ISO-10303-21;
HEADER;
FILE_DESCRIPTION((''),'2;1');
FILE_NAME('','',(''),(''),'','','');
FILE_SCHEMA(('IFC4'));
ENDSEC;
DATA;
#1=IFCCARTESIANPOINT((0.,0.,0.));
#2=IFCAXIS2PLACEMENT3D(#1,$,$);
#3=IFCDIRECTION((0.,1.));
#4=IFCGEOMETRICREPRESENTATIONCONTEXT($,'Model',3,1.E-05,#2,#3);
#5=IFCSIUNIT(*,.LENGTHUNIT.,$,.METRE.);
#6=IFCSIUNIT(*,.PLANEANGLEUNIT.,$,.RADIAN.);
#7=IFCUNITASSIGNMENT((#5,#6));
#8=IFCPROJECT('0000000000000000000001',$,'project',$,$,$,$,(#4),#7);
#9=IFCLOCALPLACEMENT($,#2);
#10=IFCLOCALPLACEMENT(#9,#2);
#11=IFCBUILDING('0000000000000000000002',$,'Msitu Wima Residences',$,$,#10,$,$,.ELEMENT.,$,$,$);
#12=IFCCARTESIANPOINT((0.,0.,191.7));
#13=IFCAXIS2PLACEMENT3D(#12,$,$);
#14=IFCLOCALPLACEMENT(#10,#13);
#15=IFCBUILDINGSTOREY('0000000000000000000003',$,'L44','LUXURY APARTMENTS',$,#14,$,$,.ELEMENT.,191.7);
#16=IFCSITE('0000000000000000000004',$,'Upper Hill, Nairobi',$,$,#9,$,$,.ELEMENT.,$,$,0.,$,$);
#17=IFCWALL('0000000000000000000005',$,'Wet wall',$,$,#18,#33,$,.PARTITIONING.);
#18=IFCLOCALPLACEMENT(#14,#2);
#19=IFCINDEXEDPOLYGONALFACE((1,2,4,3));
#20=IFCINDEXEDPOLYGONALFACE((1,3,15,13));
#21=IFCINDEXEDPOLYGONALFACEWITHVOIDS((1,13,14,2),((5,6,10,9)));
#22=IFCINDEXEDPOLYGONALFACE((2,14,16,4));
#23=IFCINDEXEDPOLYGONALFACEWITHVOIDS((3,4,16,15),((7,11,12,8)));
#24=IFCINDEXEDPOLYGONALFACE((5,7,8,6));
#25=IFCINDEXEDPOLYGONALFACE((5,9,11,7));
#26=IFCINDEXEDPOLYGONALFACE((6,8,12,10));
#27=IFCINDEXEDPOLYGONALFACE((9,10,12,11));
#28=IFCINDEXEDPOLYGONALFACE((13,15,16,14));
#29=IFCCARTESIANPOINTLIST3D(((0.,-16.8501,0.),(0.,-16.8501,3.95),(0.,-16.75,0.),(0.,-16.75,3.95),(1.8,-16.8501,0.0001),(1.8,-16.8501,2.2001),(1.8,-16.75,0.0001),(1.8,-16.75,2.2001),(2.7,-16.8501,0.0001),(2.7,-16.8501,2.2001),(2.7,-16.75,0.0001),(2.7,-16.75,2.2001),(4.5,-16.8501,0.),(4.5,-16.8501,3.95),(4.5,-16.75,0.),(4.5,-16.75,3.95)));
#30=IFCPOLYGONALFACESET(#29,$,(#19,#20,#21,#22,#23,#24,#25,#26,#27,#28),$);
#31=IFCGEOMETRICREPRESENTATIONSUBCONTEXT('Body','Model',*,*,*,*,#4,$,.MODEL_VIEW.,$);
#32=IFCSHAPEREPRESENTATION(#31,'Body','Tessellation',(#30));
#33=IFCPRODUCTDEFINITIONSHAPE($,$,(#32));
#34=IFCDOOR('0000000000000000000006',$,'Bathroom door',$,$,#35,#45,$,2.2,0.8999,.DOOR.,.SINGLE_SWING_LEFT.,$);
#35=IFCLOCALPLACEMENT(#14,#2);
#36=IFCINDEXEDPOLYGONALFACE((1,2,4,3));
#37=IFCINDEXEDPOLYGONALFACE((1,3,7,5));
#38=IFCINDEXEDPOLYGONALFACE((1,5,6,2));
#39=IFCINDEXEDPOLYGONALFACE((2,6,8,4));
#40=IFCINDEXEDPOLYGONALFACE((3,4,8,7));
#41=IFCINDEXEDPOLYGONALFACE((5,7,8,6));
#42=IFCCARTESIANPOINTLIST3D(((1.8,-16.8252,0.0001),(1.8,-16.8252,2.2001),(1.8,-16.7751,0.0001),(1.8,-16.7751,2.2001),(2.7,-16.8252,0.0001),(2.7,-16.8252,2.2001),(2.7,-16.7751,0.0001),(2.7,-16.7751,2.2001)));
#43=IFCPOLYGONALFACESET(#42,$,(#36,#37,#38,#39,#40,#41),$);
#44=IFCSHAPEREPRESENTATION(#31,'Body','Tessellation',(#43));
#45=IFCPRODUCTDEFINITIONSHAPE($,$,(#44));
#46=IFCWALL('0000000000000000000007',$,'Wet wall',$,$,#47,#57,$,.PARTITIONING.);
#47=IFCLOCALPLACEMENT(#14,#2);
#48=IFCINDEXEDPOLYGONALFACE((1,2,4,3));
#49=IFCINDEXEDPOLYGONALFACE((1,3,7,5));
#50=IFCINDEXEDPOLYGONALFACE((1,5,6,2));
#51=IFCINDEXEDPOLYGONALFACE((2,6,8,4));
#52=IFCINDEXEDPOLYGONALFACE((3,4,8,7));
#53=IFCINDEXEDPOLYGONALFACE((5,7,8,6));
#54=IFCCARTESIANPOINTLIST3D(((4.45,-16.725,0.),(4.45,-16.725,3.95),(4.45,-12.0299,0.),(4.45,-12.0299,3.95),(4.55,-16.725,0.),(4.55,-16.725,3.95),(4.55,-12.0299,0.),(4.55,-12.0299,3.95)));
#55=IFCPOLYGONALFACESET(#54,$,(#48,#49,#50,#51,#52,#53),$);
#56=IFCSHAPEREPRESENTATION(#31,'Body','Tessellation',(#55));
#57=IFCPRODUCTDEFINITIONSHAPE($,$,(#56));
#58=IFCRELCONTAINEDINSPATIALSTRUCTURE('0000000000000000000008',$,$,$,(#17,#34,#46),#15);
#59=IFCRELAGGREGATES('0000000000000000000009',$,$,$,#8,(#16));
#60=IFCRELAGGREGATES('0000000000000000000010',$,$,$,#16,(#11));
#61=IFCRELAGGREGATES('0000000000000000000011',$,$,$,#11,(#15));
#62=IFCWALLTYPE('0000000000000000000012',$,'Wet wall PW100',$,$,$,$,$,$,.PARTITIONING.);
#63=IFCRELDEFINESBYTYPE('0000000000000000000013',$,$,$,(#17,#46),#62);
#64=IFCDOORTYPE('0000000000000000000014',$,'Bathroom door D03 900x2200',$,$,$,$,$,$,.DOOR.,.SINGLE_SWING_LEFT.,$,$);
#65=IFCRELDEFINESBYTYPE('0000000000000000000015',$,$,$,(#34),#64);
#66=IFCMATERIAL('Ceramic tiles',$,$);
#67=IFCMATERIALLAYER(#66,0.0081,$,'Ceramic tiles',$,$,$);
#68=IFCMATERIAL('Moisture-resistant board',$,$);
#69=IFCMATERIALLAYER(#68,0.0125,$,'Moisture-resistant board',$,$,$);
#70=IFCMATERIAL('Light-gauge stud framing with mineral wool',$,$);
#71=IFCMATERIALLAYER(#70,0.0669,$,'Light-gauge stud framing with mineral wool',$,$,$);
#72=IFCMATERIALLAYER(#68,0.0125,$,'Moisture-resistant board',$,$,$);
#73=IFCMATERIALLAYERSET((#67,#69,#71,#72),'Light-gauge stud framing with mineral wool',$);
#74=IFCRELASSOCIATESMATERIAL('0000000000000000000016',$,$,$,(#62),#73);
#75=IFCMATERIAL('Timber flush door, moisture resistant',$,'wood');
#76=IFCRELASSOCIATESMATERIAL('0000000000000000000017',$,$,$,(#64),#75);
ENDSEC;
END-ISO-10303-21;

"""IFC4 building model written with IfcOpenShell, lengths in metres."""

from ifc_helpers import new_model, si_unit, direction, frame, frame_2d, origin, place, context, subcontext, project, spatial, rectangle, extrude, material, layer, layer_set, type_object, element, fill, save


model = new_model("IFC4")

# Units and contexts
model_context = context("Model", 3, precision=1e-05, world=origin(), true_north=direction((0.0, 1.0)))
body_context = subcontext(model_context, "Body", "Model", "MODEL_VIEW")
ifc_project = project(units=[si_unit("LENGTHUNIT", "METRE"), si_unit("PLANEANGLEUNIT", "RADIAN")], contexts=[model_context])

# Site, building, storey
site_placement = place(None, origin())
site = spatial("IfcSite", under=ifc_project, at=site_placement, Name="Upper Hill, Nairobi", CompositionType="ELEMENT", RefElevation=0.0)
building_placement = place(site_placement, origin())
building = spatial("IfcBuilding", under=site, at=building_placement, Name="Msitu Wima Residences", CompositionType="ELEMENT")
storey_placement = place(building_placement, frame((0.0, 0.0, 191.7)))
storey = spatial("IfcBuildingStorey", under=building, at=storey_placement, Name="L44", Description="LUXURY APARTMENTS", CompositionType="ELEMENT", Elevation=191.7)

# Wall, opening, door
ifc_material_1 = material(Name="Ceramic tiles")
ifc_layer_1 = layer(ifc_material_1, 0.0081, Name="Ceramic tiles")
ifc_material_2 = material(Name="Moisture-resistant board")
ifc_layer_2 = layer(ifc_material_2, 0.0125, Name="Moisture-resistant board")
ifc_material_3 = material(Name="Light-gauge stud framing with mineral wool")
ifc_layer_3 = layer(ifc_material_3, 0.0669, Name="Light-gauge stud framing with mineral wool")
ifc_layer_4 = layer(ifc_material_2, 0.0125, Name="Moisture-resistant board")
ifc_layer_set_1 = layer_set([ifc_layer_1, ifc_layer_2, ifc_layer_3, ifc_layer_4], Name="Light-gauge stud framing with mineral wool")
wall_type_1 = type_object("IfcWallType", Name="Wet wall PW100", PredefinedType="PARTITIONING", material=ifc_layer_set_1)
wall_1_placement = place(storey_placement, frame((0.0, -16.8, 0.0), z_axis=(0.0, 0.0, 1.0), x_axis=(1.0, 0.0, 0.0)))
wall_1 = element("IfcWall", 1, at=wall_1_placement, inside=storey, type_object=wall_type_1, Name="Wet wall", PredefinedType="PARTITIONING", context=body_context, shape_type="SweptSolid", body=[
    extrude(rectangle(XDim=4.5, YDim=0.1001, at=frame_2d((2.25, 0.0))), origin(), (0.0, 0.0, 1.0), 3.95),
])
opening_1_placement = place(wall_1_placement, frame((1.8, 0.0, 0.0)))
opening_1 = element("IfcOpeningElement", 2, at=opening_1_placement, cuts=wall_1, PredefinedType="OPENING", context=body_context, shape_type="SweptSolid", body=[
    extrude(rectangle(XDim=0.8999, YDim=2.2, at=frame_2d((0.45, 1.1001))), frame((0.0, 0.0601, 0.0), z_axis=(0.0, -1.0, 0.0), x_axis=(1.0, 0.0, 0.0)), (0.0, 0.0, 1.0), 0.1201),
])
ifc_material_4 = material(Name="Timber flush door, moisture resistant", Category="wood")
door_type_1 = type_object("IfcDoorType", Name="Bathroom door D03 900x2200", OperationType="SINGLE_SWING_LEFT", PredefinedType="DOOR", material=ifc_material_4)
door_1_placement = place(opening_1_placement, origin())
door_1 = element("IfcDoor", 3, at=door_1_placement, inside=storey, type_object=door_type_1, Name="Bathroom door", OperationType="SINGLE_SWING_LEFT", OverallHeight=2.2, OverallWidth=0.8999, PredefinedType="DOOR", context=body_context, shape_type="SweptSolid", body=[
    extrude(rectangle(XDim=0.8999, YDim=2.2, at=frame_2d((0.45, 1.1001))), frame((0.0, 0.0249, 0.0), z_axis=(0.0, -1.0, 0.0), x_axis=(1.0, 0.0, 0.0)), (0.0, 0.0, 1.0), 0.05),
])
fill(opening_1, door_1)

# Wall
wall_2_placement = place(storey_placement, frame((4.5, -16.7251, 0.0), z_axis=(0.0, 0.0, 1.0), x_axis=(0.0, 1.0, 0.0)))
element("IfcWall", 4, at=wall_2_placement, inside=storey, type_object=wall_type_1, Name="Wet wall", PredefinedType="PARTITIONING", context=body_context, shape_type="SweptSolid", body=[
    extrude(rectangle(XDim=4.6951, YDim=0.1001, at=frame_2d((2.3477, 0.0))), origin(), (0.0, 0.0, 1.0), 3.95),
])

save(model, "model.ifc")
